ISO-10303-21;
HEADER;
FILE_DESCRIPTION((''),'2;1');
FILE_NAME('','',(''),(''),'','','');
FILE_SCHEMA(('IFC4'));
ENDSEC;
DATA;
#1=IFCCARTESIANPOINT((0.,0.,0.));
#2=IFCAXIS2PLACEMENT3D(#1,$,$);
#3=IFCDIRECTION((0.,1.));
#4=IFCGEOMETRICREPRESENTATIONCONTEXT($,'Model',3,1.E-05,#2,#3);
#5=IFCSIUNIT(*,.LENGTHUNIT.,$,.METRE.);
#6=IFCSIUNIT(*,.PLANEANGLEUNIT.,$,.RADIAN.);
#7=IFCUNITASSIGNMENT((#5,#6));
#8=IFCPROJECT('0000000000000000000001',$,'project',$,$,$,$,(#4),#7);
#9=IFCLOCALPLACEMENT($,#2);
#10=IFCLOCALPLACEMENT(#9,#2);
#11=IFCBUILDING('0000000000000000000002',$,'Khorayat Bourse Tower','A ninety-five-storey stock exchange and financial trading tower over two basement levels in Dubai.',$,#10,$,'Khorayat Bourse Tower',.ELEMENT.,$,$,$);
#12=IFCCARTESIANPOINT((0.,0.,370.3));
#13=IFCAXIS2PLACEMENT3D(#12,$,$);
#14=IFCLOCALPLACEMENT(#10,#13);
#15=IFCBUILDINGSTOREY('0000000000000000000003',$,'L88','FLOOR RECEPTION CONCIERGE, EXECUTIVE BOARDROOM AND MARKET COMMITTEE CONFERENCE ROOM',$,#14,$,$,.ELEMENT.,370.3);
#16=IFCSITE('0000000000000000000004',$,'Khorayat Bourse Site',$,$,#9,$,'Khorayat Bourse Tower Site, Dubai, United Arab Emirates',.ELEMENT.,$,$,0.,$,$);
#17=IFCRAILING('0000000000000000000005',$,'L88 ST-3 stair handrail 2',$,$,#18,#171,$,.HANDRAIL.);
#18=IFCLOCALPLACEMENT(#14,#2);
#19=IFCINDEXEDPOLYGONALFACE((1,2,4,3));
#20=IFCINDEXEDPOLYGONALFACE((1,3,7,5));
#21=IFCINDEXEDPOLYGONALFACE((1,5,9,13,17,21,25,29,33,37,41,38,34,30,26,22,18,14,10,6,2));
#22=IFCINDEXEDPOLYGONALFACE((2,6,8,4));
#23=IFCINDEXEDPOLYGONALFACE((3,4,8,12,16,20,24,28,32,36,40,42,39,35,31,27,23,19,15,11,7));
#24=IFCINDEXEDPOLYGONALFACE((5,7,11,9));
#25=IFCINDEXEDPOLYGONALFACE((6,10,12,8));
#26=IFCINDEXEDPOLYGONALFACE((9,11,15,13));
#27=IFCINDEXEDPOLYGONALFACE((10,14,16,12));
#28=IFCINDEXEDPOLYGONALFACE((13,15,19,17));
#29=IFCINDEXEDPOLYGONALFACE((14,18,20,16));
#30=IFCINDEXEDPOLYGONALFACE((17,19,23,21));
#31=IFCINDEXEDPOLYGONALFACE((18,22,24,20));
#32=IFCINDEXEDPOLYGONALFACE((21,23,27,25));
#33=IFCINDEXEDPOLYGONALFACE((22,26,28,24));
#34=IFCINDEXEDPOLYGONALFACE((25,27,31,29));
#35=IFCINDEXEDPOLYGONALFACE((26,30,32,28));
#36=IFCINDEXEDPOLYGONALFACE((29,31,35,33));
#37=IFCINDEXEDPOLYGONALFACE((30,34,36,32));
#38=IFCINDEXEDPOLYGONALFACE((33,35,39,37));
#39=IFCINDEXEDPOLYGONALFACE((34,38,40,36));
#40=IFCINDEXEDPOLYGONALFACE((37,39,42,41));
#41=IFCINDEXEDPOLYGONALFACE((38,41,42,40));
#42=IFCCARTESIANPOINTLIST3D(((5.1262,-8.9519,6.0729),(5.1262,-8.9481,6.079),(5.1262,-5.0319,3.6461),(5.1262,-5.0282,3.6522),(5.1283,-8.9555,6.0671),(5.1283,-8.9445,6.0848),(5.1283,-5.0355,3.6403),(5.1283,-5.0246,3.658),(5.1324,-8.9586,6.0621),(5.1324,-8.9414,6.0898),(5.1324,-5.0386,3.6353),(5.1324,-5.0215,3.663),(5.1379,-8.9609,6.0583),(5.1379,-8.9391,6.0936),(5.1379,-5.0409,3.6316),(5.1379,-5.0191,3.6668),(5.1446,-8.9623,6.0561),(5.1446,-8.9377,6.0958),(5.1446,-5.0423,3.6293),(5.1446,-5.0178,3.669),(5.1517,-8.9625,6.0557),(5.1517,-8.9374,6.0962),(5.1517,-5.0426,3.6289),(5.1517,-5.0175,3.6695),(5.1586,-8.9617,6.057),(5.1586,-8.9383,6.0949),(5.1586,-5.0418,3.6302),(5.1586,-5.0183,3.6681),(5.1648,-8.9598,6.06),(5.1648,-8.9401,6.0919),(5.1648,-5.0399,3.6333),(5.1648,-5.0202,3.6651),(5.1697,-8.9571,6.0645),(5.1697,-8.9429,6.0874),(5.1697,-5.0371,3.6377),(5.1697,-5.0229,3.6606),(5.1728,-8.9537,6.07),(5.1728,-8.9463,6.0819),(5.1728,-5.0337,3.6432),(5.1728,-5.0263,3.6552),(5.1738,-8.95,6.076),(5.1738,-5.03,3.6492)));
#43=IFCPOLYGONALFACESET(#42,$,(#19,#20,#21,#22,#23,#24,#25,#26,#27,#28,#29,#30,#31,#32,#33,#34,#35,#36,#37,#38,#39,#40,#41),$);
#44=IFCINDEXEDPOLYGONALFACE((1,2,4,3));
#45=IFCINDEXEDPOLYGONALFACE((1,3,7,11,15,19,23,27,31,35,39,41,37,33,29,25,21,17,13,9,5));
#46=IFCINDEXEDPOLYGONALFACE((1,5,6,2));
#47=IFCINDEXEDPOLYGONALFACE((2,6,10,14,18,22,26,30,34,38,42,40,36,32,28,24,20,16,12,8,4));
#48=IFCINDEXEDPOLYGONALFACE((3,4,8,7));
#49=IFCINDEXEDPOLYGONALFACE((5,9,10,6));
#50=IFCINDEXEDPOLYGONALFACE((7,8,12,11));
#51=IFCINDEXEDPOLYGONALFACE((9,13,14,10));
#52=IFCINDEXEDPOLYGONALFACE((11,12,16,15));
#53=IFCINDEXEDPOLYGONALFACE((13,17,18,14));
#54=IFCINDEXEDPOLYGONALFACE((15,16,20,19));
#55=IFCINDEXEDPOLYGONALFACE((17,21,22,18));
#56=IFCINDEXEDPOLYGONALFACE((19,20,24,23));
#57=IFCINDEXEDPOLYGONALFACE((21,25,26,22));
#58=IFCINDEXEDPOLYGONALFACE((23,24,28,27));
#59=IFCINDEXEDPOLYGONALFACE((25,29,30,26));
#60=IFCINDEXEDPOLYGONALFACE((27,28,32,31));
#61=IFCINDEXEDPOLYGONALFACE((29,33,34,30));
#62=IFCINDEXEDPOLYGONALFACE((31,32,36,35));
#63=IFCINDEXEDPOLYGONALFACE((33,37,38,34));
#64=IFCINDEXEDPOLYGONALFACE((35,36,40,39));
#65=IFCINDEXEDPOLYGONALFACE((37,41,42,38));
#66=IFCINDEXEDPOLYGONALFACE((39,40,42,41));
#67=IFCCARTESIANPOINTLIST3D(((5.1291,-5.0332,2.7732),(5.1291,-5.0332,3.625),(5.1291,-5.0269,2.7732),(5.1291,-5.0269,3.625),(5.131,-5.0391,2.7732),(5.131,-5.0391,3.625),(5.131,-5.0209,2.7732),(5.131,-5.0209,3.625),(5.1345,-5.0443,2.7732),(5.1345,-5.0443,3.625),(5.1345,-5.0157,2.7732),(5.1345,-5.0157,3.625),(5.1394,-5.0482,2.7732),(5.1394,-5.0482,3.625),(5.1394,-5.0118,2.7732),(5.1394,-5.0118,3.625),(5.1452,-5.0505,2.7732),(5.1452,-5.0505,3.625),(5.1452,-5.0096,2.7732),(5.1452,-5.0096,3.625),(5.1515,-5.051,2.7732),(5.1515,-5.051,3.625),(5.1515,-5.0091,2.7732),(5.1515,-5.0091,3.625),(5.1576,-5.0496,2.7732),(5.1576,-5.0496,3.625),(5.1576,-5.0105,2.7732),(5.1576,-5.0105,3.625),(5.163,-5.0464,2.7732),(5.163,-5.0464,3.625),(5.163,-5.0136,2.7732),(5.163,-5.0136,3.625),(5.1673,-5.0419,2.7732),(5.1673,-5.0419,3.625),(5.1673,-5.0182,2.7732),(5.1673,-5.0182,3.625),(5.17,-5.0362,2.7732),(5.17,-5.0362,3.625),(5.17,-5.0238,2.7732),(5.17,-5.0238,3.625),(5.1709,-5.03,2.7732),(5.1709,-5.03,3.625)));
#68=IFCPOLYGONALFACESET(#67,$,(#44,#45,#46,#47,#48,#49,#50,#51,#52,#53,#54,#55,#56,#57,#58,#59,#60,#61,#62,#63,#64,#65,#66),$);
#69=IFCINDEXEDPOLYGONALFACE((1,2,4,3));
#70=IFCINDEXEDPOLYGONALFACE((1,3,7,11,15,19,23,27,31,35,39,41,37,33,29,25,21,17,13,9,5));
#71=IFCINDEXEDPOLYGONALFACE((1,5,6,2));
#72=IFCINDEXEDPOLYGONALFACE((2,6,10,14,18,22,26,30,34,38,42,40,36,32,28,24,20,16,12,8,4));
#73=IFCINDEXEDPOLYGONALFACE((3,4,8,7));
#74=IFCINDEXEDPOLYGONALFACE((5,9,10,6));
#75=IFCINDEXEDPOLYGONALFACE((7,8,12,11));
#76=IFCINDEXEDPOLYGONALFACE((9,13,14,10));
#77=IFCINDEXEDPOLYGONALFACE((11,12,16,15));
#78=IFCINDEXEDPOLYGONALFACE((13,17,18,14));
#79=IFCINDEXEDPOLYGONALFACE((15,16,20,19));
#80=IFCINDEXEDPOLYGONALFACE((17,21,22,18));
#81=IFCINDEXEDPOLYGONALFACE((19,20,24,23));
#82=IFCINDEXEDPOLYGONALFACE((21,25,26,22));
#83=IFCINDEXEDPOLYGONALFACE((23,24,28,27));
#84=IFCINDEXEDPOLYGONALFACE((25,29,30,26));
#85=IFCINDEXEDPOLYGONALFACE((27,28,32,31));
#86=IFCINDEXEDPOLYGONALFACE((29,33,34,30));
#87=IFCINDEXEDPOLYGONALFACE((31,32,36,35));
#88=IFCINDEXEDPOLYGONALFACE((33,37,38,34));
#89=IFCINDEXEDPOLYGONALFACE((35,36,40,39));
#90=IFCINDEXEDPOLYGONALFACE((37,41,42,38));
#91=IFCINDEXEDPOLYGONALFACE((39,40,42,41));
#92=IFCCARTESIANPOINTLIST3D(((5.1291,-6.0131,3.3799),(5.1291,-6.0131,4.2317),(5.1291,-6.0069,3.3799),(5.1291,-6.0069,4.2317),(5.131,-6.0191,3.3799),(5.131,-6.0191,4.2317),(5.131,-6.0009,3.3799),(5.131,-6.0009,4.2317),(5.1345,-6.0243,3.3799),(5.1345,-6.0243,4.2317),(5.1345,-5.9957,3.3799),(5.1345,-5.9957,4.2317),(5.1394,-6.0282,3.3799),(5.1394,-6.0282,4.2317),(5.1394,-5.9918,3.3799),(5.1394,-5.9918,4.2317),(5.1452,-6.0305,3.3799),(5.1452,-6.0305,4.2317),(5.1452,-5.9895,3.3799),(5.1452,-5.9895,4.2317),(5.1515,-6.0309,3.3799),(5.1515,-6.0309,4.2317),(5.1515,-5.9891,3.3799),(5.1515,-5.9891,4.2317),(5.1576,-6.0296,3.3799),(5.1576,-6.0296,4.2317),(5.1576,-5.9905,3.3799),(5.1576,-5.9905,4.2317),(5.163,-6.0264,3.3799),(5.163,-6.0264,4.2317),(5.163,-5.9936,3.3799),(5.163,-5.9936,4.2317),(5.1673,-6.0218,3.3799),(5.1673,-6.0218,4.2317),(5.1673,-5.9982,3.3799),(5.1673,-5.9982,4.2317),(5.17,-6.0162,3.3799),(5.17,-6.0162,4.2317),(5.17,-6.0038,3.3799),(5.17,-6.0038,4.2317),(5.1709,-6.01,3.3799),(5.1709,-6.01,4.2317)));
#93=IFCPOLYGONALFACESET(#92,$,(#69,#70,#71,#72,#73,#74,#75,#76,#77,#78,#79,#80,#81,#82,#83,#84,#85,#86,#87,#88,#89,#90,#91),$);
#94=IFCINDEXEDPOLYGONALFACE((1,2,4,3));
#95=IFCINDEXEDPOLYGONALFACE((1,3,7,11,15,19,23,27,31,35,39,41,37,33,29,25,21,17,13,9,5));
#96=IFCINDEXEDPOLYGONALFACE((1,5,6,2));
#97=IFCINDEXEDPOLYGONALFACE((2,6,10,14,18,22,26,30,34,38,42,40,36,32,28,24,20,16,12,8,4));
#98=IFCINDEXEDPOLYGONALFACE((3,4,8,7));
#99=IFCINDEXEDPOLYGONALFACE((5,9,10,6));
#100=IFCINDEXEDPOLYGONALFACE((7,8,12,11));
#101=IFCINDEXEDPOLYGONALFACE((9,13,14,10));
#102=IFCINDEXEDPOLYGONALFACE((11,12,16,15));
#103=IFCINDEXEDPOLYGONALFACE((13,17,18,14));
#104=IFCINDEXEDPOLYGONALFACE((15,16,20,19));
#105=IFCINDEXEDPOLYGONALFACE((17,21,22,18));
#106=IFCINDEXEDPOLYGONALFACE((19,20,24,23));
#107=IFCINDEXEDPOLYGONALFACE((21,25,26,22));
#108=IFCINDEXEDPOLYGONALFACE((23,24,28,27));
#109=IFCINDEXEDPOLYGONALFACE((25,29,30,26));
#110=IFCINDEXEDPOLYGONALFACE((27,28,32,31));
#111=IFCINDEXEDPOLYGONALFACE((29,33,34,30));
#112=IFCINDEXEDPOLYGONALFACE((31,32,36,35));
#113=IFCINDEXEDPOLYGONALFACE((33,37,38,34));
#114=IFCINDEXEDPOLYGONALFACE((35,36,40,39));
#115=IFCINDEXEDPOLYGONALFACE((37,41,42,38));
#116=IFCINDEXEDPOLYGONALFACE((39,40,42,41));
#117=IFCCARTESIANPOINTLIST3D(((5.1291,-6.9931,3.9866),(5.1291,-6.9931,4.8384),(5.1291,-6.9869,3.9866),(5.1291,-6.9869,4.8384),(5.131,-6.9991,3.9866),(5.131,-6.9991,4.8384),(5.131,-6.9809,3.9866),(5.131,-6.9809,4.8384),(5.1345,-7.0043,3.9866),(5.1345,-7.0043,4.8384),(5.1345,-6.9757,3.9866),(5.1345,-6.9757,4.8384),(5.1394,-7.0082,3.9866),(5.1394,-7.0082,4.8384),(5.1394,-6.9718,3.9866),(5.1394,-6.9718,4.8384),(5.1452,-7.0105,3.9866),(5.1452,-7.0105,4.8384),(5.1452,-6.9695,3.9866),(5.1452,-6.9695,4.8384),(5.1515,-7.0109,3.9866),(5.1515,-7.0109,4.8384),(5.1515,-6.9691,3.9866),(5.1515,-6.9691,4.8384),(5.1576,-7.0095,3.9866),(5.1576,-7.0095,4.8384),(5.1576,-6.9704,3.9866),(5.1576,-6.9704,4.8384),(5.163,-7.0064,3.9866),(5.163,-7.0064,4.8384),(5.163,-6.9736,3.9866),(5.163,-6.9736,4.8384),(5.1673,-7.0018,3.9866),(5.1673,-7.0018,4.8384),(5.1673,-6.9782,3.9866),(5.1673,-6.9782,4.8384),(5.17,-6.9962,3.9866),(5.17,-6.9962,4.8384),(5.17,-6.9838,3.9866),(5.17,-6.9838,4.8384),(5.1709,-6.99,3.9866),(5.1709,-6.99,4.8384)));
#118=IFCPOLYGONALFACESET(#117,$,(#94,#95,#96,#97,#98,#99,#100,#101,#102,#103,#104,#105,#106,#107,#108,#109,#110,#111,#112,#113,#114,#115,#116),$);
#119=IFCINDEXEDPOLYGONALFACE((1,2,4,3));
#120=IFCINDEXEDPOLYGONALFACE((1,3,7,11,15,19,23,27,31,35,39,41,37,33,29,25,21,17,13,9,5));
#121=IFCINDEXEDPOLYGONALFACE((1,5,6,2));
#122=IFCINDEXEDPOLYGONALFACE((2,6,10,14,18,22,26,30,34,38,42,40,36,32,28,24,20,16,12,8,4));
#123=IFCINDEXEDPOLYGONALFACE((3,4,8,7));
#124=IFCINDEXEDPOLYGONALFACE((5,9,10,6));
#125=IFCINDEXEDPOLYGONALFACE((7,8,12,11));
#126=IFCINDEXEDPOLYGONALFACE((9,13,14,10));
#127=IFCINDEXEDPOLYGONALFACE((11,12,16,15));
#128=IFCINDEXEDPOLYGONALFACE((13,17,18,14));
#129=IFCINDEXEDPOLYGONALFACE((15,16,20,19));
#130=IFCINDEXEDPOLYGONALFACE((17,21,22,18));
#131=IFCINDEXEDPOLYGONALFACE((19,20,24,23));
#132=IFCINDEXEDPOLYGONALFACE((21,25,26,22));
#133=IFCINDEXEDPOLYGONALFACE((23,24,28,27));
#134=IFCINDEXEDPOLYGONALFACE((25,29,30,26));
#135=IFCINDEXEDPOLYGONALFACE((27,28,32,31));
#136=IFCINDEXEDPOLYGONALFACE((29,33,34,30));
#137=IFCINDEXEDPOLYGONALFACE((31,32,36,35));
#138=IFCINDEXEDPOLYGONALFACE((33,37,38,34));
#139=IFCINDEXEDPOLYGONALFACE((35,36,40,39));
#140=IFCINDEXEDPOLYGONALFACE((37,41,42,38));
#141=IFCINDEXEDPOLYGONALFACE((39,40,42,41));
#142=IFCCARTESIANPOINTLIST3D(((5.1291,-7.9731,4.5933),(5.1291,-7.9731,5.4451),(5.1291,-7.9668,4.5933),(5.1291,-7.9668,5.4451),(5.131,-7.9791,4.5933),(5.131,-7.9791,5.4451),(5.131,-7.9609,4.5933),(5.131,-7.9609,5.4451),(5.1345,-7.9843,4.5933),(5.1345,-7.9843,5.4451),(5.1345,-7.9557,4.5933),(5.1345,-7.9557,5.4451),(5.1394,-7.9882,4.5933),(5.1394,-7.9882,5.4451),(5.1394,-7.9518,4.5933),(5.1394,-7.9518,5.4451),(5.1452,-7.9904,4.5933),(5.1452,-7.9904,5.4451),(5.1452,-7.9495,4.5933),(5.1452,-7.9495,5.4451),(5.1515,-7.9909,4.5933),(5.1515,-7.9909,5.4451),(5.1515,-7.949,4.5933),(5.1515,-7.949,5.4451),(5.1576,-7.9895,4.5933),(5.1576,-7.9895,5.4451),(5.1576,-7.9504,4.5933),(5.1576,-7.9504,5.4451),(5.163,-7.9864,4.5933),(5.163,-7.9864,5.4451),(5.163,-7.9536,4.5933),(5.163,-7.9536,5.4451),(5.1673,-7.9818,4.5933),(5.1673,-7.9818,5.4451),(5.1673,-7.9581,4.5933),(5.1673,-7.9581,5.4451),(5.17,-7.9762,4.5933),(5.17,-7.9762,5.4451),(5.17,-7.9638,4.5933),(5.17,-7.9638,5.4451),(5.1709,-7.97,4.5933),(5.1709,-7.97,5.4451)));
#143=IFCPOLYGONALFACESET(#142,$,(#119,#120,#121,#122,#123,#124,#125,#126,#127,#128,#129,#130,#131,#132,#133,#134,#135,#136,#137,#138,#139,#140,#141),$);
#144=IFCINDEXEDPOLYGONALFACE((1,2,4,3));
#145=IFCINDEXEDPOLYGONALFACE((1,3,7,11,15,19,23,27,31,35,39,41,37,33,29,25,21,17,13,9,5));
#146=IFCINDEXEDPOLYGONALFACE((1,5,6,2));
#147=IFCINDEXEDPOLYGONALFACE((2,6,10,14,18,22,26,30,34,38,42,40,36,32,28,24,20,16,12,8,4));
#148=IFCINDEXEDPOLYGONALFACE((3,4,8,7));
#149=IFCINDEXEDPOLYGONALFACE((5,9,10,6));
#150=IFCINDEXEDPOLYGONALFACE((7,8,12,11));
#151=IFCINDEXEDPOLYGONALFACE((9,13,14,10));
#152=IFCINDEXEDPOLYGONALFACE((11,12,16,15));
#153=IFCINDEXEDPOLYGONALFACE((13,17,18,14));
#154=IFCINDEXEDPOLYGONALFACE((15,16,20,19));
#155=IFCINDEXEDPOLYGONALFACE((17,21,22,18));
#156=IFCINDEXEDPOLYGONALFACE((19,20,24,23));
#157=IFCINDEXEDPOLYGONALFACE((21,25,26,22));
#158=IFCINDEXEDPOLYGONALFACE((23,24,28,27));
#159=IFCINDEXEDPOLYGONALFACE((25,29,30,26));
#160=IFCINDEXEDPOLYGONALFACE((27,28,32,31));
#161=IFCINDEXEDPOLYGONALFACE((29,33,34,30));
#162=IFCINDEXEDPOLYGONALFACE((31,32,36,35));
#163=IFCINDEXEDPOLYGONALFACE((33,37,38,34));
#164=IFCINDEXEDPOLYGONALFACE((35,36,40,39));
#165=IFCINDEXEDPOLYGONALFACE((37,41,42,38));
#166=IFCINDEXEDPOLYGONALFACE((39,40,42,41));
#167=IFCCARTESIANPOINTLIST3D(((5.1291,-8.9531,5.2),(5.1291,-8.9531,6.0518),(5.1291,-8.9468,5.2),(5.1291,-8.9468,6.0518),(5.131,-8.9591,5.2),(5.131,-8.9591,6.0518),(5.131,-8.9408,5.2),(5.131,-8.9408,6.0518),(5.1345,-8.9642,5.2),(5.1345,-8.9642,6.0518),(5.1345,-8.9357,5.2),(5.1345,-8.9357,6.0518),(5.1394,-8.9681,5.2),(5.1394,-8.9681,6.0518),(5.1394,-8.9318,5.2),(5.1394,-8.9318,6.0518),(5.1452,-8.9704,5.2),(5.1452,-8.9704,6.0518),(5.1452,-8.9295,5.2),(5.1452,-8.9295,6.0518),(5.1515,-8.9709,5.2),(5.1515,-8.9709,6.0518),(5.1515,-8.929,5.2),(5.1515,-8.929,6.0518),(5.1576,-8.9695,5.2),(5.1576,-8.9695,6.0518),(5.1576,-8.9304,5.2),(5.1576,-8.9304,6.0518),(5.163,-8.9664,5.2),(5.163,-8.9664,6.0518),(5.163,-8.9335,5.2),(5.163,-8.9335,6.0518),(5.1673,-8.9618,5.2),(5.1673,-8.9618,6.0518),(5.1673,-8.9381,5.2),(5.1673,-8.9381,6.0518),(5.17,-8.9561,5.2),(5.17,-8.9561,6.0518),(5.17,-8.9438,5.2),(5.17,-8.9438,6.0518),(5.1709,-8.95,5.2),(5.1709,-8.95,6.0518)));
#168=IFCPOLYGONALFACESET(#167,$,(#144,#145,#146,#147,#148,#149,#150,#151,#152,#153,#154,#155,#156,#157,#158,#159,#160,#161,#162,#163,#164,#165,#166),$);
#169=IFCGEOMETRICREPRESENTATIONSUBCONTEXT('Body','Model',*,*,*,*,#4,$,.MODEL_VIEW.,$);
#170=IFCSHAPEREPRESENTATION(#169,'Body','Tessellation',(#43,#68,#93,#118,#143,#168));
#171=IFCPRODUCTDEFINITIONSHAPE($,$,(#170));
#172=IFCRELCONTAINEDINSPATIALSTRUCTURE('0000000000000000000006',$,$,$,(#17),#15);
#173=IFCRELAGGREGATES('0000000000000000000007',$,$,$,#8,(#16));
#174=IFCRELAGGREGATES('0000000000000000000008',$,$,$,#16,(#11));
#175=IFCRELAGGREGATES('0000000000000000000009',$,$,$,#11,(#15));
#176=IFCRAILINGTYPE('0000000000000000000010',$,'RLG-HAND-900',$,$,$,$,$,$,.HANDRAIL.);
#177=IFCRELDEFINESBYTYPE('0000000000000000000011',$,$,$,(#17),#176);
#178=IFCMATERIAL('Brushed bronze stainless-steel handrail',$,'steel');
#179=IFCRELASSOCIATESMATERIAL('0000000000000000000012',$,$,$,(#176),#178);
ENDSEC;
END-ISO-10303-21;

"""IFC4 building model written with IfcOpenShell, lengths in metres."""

from ifc_helpers import new_model, si_unit, direction, frame, origin, origin_2d, place, context, subcontext, project, spatial, circle, extrude, source, transform, mapped, material, type_object, element, save


model = new_model("IFC4")

# Units and contexts
model_context = context("Model", 3, precision=1e-05, world=origin(), true_north=direction((0.0, 1.0)))
body_context = subcontext(model_context, "Body", "Model", "MODEL_VIEW")
ifc_project = project(units=[si_unit("LENGTHUNIT", "METRE"), si_unit("PLANEANGLEUNIT", "RADIAN")], contexts=[model_context])

# Site, building, storey
site_placement = place(None, origin())
site = spatial("IfcSite", under=ifc_project, at=site_placement, Name="Khorayat Bourse Site", LongName="Khorayat Bourse Tower Site, Dubai, United Arab Emirates", CompositionType="ELEMENT", RefElevation=0.0)
building_placement = place(site_placement, origin())
building = spatial("IfcBuilding", under=site, at=building_placement, Name="Khorayat Bourse Tower", Description="A ninety-five-storey stock exchange and financial trading tower over two basement levels in Dubai.", LongName="Khorayat Bourse Tower", CompositionType="ELEMENT")
storey_placement = place(building_placement, frame((0.0, 0.0, 370.3)))
storey = spatial("IfcBuildingStorey", under=building, at=storey_placement, Name="L88", Description="FLOOR RECEPTION CONCIERGE, EXECUTIVE BOARDROOM AND MARKET COMMITTEE CONFERENCE ROOM", CompositionType="ELEMENT", Elevation=370.3)

# Railing
ifc_material_1 = material(Name="Brushed bronze stainless-steel handrail", Category="steel")
railing_type_1 = type_object("IfcRailingType", Name="RLG-HAND-900", PredefinedType="HANDRAIL", material=ifc_material_1)
shared_shape_1 = source(origin(), body_context, "Body", "SweptSolid", [
    extrude(circle(Radius=0.0239, at=origin_2d()), frame((0.0, 0.0, 0.876), z_axis=(0.0, -0.850252, 0.526376), x_axis=(1.0, 0.0, 0.0)), (0.0, 0.0, 1.0), 4.6104),
    extrude(circle(Radius=0.021, at=origin_2d()), origin(), (0.0, 0.0, 1.0), 0.8518),
    extrude(circle(Radius=0.021, at=origin_2d()), frame((0.0, -0.98, 0.6067)), (0.0, 0.0, 1.0), 0.8518),
    extrude(circle(Radius=0.021, at=origin_2d()), frame((0.0, -1.96, 1.2134)), (0.0, 0.0, 1.0), 0.8518),
    extrude(circle(Radius=0.021, at=origin_2d()), frame((0.0, -2.9399, 1.8201)), (0.0, 0.0, 1.0), 0.8518),
    extrude(circle(Radius=0.021, at=origin_2d()), frame((0.0, -3.9199, 2.4268)), (0.0, 0.0, 1.0), 0.8518),
])
railing_1_placement = place(storey_placement, frame((5.1499, -5.03, 2.7732)))
element("IfcRailing", 1, at=railing_1_placement, inside=storey, type_object=railing_type_1, Name="L88 ST-3 stair handrail 2", PredefinedType="HANDRAIL", context=body_context, shape_type="MappedRepresentation", body=[
    mapped(shared_shape_1, transform((0.0, 0.0, 0.0), scale=1.0)),
])

save(model, "model.ifc")
